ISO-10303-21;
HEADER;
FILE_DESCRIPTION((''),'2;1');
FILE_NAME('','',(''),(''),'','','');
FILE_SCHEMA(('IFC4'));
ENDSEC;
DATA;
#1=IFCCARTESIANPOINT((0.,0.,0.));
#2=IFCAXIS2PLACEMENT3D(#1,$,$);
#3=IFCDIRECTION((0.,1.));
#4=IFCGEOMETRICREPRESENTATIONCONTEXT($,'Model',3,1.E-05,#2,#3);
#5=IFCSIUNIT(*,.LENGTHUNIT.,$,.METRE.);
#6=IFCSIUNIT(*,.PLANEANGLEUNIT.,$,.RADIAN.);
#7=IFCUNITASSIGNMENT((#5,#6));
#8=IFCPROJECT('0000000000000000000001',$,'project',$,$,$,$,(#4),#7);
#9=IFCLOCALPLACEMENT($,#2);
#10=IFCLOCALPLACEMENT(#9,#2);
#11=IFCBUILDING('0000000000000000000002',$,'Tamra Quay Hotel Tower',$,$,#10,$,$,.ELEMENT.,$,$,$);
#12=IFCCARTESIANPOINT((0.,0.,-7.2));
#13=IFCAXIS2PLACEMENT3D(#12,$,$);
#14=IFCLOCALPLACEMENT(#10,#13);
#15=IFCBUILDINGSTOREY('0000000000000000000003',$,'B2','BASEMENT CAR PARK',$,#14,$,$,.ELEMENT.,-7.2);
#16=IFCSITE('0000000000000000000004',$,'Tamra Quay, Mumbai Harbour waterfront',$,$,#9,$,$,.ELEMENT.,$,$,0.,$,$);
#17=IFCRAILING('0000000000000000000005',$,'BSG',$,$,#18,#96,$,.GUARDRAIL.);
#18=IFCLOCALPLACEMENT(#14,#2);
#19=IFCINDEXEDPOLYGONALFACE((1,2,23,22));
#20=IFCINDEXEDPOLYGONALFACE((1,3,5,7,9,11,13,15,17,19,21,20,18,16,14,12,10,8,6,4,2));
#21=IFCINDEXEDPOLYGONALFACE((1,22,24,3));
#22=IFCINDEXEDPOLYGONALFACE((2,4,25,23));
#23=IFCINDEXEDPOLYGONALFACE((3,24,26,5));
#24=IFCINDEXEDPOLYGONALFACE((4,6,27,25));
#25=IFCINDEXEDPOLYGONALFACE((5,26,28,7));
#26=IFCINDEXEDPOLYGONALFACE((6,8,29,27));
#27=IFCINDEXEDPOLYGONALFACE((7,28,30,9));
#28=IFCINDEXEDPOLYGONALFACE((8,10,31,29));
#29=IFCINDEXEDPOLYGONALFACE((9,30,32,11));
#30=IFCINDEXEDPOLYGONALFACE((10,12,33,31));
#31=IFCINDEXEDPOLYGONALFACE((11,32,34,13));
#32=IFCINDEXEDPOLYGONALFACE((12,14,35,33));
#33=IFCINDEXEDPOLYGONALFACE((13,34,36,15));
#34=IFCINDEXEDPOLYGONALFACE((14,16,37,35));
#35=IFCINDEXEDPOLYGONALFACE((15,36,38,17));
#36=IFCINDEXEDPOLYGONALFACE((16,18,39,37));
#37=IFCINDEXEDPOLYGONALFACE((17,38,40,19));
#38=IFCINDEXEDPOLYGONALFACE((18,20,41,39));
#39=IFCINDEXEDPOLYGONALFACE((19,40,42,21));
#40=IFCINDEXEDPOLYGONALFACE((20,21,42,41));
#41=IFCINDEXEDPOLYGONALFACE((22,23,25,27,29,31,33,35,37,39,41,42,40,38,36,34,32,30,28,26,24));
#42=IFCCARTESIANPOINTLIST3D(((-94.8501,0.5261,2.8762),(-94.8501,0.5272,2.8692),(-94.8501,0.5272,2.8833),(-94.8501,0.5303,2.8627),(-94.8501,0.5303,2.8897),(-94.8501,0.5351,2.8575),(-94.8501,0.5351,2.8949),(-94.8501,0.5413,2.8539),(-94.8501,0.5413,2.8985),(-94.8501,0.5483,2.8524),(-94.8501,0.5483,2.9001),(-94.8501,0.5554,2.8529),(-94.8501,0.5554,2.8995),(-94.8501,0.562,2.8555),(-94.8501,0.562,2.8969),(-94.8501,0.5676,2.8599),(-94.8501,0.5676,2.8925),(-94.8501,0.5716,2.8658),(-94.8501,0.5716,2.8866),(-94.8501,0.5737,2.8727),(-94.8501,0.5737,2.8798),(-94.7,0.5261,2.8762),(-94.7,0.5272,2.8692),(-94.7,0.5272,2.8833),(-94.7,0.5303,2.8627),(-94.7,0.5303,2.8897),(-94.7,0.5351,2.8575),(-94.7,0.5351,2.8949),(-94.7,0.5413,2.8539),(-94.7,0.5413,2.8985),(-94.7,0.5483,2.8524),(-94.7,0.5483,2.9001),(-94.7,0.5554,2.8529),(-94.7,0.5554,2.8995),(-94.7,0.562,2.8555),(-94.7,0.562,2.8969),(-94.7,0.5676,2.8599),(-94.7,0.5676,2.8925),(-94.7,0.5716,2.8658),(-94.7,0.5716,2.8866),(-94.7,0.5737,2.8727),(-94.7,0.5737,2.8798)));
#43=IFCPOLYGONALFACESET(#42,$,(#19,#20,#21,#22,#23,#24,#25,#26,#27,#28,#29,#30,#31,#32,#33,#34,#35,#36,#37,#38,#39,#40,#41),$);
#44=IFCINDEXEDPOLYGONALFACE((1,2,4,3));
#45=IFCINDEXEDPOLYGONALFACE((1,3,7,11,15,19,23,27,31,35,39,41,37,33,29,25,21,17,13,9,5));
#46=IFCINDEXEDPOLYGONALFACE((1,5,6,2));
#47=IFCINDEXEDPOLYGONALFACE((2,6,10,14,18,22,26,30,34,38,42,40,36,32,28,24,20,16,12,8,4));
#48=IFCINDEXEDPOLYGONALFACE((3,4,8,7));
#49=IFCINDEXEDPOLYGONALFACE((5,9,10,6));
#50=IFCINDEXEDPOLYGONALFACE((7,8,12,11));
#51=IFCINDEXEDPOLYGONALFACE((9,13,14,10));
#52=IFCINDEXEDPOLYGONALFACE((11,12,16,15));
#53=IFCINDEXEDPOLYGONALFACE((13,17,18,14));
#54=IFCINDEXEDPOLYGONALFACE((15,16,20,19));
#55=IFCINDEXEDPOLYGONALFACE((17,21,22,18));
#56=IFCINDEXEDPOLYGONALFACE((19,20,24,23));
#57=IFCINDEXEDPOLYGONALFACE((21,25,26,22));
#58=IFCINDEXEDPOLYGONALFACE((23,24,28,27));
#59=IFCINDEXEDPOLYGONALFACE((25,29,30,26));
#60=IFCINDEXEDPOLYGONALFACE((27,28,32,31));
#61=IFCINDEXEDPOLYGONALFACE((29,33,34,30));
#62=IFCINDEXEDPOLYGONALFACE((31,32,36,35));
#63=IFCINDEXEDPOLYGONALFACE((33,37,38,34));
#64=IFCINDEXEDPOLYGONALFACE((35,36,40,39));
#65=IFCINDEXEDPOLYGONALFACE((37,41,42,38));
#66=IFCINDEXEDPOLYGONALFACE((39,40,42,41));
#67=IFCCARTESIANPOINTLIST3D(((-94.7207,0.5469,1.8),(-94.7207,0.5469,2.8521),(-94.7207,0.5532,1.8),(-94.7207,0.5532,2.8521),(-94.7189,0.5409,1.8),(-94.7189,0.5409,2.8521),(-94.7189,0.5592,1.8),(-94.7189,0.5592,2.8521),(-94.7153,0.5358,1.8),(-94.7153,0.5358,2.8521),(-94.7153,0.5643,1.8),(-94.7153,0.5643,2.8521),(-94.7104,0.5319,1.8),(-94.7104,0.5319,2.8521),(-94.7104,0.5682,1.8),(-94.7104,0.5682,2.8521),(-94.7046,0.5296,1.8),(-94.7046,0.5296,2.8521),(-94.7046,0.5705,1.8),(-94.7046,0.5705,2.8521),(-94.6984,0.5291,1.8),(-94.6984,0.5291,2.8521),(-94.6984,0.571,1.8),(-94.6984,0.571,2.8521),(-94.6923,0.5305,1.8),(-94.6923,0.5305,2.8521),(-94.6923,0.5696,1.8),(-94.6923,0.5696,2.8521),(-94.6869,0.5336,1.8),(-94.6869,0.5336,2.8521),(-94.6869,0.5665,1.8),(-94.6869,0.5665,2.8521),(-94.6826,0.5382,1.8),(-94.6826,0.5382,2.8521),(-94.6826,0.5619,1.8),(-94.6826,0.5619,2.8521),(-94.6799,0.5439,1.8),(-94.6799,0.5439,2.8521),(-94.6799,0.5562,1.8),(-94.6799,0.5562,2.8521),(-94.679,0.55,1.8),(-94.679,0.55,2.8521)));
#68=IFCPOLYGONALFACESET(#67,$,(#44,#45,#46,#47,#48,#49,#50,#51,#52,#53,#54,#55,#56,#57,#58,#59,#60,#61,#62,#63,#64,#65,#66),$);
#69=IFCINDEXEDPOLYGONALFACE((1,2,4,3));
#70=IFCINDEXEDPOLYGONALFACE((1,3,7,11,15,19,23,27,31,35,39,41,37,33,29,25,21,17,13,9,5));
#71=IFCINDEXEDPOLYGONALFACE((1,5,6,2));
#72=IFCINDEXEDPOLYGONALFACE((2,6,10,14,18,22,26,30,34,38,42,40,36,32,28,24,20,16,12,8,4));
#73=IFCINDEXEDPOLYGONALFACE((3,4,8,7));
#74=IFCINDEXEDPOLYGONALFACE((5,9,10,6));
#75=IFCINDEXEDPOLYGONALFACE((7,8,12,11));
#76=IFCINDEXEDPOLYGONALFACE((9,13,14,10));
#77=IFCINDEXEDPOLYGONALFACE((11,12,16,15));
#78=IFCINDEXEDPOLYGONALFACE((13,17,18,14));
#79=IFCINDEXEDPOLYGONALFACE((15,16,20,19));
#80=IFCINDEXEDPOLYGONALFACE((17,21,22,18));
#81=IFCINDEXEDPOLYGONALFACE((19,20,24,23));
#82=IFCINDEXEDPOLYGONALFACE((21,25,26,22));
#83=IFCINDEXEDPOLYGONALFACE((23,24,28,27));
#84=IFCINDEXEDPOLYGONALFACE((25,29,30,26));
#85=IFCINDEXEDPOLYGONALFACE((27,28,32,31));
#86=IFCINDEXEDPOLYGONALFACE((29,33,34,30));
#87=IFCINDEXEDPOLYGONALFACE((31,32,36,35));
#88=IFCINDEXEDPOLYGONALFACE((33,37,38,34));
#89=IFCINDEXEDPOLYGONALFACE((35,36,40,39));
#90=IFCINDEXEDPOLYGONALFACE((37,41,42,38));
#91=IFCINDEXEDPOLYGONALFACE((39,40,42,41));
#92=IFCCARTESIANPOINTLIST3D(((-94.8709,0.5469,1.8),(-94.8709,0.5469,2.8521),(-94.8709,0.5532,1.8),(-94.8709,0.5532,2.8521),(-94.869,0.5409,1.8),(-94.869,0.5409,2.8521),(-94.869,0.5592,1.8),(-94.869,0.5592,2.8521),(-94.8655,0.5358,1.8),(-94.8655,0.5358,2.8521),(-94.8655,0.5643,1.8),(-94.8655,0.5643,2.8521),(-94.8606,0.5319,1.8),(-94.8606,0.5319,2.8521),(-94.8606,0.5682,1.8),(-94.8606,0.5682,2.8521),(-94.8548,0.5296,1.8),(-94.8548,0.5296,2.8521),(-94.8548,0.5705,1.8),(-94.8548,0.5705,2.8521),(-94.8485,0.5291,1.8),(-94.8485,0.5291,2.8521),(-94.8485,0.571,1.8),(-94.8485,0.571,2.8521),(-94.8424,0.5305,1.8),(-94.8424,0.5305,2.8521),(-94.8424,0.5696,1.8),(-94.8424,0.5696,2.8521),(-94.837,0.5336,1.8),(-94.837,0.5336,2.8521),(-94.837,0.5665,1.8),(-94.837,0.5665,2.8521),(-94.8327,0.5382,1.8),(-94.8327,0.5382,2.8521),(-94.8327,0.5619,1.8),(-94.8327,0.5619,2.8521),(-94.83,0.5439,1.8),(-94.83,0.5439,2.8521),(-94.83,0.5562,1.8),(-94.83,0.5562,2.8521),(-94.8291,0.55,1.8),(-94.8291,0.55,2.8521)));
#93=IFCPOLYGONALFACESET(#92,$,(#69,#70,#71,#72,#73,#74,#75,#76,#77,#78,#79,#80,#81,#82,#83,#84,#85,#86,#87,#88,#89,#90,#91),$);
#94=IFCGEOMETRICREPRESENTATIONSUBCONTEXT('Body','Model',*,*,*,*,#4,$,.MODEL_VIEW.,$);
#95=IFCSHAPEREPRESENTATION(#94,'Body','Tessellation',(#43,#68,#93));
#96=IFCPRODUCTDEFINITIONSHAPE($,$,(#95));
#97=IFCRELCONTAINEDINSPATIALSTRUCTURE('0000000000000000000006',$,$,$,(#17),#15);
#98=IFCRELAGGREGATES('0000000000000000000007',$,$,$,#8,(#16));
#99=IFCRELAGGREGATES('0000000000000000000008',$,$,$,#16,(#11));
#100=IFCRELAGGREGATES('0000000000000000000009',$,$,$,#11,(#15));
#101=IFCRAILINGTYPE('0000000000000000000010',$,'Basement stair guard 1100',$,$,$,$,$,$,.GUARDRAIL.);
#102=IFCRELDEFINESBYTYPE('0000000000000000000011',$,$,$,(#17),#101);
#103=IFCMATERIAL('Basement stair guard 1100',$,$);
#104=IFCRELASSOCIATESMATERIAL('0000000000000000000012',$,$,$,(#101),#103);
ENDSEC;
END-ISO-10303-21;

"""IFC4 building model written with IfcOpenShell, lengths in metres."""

from ifc_helpers import new_model, si_unit, direction, frame, origin, origin_2d, place, context, subcontext, project, spatial, circle, extrude, material, type_object, element, save


model = new_model("IFC4")

# Units and contexts
model_context = context("Model", 3, precision=1e-05, world=origin(), true_north=direction((0.0, 1.0)))
body_context = subcontext(model_context, "Body", "Model", "MODEL_VIEW")
ifc_project = project(units=[si_unit("LENGTHUNIT", "METRE"), si_unit("PLANEANGLEUNIT", "RADIAN")], contexts=[model_context])

# Site, building, storey
site_placement = place(None, origin())
site = spatial("IfcSite", under=ifc_project, at=site_placement, Name="Tamra Quay, Mumbai Harbour waterfront", CompositionType="ELEMENT", RefElevation=0.0)
building_placement = place(site_placement, origin())
building = spatial("IfcBuilding", under=site, at=building_placement, Name="Tamra Quay Hotel Tower", CompositionType="ELEMENT")
storey_placement = place(building_placement, frame((0.0, 0.0, -7.2)))
storey = spatial("IfcBuildingStorey", under=building, at=storey_placement, Name="B2", Description="BASEMENT CAR PARK", CompositionType="ELEMENT", Elevation=-7.2)

# Railing
ifc_material_1 = material(Name="Basement stair guard 1100")
railing_type_1 = type_object("IfcRailingType", Name="Basement stair guard 1100", PredefinedType="GUARDRAIL", material=ifc_material_1)
railing_1_placement = place(storey_placement, frame((-94.7, 0.55, 1.8)))
element("IfcRailing", 1, at=railing_1_placement, inside=storey, type_object=railing_type_1, Name="BSG", PredefinedType="GUARDRAIL", context=body_context, shape_type="SweptSolid", body=[
    extrude(circle(Radius=0.0239, at=origin_2d()), frame((0.0, 0.0, 1.0762), z_axis=(-1.0, 0.0, 0.0), x_axis=(0.0, -1.0, 0.0)), (0.0, 0.0, 1.0), 0.1501),
    extrude(circle(Radius=0.021, at=origin_2d()), origin(), (0.0, 0.0, 1.0), 1.052),
    extrude(circle(Radius=0.021, at=origin_2d()), frame((-0.1501, 0.0, 0.0)), (0.0, 0.0, 1.0), 1.052),
])

save(model, "model.ifc")
